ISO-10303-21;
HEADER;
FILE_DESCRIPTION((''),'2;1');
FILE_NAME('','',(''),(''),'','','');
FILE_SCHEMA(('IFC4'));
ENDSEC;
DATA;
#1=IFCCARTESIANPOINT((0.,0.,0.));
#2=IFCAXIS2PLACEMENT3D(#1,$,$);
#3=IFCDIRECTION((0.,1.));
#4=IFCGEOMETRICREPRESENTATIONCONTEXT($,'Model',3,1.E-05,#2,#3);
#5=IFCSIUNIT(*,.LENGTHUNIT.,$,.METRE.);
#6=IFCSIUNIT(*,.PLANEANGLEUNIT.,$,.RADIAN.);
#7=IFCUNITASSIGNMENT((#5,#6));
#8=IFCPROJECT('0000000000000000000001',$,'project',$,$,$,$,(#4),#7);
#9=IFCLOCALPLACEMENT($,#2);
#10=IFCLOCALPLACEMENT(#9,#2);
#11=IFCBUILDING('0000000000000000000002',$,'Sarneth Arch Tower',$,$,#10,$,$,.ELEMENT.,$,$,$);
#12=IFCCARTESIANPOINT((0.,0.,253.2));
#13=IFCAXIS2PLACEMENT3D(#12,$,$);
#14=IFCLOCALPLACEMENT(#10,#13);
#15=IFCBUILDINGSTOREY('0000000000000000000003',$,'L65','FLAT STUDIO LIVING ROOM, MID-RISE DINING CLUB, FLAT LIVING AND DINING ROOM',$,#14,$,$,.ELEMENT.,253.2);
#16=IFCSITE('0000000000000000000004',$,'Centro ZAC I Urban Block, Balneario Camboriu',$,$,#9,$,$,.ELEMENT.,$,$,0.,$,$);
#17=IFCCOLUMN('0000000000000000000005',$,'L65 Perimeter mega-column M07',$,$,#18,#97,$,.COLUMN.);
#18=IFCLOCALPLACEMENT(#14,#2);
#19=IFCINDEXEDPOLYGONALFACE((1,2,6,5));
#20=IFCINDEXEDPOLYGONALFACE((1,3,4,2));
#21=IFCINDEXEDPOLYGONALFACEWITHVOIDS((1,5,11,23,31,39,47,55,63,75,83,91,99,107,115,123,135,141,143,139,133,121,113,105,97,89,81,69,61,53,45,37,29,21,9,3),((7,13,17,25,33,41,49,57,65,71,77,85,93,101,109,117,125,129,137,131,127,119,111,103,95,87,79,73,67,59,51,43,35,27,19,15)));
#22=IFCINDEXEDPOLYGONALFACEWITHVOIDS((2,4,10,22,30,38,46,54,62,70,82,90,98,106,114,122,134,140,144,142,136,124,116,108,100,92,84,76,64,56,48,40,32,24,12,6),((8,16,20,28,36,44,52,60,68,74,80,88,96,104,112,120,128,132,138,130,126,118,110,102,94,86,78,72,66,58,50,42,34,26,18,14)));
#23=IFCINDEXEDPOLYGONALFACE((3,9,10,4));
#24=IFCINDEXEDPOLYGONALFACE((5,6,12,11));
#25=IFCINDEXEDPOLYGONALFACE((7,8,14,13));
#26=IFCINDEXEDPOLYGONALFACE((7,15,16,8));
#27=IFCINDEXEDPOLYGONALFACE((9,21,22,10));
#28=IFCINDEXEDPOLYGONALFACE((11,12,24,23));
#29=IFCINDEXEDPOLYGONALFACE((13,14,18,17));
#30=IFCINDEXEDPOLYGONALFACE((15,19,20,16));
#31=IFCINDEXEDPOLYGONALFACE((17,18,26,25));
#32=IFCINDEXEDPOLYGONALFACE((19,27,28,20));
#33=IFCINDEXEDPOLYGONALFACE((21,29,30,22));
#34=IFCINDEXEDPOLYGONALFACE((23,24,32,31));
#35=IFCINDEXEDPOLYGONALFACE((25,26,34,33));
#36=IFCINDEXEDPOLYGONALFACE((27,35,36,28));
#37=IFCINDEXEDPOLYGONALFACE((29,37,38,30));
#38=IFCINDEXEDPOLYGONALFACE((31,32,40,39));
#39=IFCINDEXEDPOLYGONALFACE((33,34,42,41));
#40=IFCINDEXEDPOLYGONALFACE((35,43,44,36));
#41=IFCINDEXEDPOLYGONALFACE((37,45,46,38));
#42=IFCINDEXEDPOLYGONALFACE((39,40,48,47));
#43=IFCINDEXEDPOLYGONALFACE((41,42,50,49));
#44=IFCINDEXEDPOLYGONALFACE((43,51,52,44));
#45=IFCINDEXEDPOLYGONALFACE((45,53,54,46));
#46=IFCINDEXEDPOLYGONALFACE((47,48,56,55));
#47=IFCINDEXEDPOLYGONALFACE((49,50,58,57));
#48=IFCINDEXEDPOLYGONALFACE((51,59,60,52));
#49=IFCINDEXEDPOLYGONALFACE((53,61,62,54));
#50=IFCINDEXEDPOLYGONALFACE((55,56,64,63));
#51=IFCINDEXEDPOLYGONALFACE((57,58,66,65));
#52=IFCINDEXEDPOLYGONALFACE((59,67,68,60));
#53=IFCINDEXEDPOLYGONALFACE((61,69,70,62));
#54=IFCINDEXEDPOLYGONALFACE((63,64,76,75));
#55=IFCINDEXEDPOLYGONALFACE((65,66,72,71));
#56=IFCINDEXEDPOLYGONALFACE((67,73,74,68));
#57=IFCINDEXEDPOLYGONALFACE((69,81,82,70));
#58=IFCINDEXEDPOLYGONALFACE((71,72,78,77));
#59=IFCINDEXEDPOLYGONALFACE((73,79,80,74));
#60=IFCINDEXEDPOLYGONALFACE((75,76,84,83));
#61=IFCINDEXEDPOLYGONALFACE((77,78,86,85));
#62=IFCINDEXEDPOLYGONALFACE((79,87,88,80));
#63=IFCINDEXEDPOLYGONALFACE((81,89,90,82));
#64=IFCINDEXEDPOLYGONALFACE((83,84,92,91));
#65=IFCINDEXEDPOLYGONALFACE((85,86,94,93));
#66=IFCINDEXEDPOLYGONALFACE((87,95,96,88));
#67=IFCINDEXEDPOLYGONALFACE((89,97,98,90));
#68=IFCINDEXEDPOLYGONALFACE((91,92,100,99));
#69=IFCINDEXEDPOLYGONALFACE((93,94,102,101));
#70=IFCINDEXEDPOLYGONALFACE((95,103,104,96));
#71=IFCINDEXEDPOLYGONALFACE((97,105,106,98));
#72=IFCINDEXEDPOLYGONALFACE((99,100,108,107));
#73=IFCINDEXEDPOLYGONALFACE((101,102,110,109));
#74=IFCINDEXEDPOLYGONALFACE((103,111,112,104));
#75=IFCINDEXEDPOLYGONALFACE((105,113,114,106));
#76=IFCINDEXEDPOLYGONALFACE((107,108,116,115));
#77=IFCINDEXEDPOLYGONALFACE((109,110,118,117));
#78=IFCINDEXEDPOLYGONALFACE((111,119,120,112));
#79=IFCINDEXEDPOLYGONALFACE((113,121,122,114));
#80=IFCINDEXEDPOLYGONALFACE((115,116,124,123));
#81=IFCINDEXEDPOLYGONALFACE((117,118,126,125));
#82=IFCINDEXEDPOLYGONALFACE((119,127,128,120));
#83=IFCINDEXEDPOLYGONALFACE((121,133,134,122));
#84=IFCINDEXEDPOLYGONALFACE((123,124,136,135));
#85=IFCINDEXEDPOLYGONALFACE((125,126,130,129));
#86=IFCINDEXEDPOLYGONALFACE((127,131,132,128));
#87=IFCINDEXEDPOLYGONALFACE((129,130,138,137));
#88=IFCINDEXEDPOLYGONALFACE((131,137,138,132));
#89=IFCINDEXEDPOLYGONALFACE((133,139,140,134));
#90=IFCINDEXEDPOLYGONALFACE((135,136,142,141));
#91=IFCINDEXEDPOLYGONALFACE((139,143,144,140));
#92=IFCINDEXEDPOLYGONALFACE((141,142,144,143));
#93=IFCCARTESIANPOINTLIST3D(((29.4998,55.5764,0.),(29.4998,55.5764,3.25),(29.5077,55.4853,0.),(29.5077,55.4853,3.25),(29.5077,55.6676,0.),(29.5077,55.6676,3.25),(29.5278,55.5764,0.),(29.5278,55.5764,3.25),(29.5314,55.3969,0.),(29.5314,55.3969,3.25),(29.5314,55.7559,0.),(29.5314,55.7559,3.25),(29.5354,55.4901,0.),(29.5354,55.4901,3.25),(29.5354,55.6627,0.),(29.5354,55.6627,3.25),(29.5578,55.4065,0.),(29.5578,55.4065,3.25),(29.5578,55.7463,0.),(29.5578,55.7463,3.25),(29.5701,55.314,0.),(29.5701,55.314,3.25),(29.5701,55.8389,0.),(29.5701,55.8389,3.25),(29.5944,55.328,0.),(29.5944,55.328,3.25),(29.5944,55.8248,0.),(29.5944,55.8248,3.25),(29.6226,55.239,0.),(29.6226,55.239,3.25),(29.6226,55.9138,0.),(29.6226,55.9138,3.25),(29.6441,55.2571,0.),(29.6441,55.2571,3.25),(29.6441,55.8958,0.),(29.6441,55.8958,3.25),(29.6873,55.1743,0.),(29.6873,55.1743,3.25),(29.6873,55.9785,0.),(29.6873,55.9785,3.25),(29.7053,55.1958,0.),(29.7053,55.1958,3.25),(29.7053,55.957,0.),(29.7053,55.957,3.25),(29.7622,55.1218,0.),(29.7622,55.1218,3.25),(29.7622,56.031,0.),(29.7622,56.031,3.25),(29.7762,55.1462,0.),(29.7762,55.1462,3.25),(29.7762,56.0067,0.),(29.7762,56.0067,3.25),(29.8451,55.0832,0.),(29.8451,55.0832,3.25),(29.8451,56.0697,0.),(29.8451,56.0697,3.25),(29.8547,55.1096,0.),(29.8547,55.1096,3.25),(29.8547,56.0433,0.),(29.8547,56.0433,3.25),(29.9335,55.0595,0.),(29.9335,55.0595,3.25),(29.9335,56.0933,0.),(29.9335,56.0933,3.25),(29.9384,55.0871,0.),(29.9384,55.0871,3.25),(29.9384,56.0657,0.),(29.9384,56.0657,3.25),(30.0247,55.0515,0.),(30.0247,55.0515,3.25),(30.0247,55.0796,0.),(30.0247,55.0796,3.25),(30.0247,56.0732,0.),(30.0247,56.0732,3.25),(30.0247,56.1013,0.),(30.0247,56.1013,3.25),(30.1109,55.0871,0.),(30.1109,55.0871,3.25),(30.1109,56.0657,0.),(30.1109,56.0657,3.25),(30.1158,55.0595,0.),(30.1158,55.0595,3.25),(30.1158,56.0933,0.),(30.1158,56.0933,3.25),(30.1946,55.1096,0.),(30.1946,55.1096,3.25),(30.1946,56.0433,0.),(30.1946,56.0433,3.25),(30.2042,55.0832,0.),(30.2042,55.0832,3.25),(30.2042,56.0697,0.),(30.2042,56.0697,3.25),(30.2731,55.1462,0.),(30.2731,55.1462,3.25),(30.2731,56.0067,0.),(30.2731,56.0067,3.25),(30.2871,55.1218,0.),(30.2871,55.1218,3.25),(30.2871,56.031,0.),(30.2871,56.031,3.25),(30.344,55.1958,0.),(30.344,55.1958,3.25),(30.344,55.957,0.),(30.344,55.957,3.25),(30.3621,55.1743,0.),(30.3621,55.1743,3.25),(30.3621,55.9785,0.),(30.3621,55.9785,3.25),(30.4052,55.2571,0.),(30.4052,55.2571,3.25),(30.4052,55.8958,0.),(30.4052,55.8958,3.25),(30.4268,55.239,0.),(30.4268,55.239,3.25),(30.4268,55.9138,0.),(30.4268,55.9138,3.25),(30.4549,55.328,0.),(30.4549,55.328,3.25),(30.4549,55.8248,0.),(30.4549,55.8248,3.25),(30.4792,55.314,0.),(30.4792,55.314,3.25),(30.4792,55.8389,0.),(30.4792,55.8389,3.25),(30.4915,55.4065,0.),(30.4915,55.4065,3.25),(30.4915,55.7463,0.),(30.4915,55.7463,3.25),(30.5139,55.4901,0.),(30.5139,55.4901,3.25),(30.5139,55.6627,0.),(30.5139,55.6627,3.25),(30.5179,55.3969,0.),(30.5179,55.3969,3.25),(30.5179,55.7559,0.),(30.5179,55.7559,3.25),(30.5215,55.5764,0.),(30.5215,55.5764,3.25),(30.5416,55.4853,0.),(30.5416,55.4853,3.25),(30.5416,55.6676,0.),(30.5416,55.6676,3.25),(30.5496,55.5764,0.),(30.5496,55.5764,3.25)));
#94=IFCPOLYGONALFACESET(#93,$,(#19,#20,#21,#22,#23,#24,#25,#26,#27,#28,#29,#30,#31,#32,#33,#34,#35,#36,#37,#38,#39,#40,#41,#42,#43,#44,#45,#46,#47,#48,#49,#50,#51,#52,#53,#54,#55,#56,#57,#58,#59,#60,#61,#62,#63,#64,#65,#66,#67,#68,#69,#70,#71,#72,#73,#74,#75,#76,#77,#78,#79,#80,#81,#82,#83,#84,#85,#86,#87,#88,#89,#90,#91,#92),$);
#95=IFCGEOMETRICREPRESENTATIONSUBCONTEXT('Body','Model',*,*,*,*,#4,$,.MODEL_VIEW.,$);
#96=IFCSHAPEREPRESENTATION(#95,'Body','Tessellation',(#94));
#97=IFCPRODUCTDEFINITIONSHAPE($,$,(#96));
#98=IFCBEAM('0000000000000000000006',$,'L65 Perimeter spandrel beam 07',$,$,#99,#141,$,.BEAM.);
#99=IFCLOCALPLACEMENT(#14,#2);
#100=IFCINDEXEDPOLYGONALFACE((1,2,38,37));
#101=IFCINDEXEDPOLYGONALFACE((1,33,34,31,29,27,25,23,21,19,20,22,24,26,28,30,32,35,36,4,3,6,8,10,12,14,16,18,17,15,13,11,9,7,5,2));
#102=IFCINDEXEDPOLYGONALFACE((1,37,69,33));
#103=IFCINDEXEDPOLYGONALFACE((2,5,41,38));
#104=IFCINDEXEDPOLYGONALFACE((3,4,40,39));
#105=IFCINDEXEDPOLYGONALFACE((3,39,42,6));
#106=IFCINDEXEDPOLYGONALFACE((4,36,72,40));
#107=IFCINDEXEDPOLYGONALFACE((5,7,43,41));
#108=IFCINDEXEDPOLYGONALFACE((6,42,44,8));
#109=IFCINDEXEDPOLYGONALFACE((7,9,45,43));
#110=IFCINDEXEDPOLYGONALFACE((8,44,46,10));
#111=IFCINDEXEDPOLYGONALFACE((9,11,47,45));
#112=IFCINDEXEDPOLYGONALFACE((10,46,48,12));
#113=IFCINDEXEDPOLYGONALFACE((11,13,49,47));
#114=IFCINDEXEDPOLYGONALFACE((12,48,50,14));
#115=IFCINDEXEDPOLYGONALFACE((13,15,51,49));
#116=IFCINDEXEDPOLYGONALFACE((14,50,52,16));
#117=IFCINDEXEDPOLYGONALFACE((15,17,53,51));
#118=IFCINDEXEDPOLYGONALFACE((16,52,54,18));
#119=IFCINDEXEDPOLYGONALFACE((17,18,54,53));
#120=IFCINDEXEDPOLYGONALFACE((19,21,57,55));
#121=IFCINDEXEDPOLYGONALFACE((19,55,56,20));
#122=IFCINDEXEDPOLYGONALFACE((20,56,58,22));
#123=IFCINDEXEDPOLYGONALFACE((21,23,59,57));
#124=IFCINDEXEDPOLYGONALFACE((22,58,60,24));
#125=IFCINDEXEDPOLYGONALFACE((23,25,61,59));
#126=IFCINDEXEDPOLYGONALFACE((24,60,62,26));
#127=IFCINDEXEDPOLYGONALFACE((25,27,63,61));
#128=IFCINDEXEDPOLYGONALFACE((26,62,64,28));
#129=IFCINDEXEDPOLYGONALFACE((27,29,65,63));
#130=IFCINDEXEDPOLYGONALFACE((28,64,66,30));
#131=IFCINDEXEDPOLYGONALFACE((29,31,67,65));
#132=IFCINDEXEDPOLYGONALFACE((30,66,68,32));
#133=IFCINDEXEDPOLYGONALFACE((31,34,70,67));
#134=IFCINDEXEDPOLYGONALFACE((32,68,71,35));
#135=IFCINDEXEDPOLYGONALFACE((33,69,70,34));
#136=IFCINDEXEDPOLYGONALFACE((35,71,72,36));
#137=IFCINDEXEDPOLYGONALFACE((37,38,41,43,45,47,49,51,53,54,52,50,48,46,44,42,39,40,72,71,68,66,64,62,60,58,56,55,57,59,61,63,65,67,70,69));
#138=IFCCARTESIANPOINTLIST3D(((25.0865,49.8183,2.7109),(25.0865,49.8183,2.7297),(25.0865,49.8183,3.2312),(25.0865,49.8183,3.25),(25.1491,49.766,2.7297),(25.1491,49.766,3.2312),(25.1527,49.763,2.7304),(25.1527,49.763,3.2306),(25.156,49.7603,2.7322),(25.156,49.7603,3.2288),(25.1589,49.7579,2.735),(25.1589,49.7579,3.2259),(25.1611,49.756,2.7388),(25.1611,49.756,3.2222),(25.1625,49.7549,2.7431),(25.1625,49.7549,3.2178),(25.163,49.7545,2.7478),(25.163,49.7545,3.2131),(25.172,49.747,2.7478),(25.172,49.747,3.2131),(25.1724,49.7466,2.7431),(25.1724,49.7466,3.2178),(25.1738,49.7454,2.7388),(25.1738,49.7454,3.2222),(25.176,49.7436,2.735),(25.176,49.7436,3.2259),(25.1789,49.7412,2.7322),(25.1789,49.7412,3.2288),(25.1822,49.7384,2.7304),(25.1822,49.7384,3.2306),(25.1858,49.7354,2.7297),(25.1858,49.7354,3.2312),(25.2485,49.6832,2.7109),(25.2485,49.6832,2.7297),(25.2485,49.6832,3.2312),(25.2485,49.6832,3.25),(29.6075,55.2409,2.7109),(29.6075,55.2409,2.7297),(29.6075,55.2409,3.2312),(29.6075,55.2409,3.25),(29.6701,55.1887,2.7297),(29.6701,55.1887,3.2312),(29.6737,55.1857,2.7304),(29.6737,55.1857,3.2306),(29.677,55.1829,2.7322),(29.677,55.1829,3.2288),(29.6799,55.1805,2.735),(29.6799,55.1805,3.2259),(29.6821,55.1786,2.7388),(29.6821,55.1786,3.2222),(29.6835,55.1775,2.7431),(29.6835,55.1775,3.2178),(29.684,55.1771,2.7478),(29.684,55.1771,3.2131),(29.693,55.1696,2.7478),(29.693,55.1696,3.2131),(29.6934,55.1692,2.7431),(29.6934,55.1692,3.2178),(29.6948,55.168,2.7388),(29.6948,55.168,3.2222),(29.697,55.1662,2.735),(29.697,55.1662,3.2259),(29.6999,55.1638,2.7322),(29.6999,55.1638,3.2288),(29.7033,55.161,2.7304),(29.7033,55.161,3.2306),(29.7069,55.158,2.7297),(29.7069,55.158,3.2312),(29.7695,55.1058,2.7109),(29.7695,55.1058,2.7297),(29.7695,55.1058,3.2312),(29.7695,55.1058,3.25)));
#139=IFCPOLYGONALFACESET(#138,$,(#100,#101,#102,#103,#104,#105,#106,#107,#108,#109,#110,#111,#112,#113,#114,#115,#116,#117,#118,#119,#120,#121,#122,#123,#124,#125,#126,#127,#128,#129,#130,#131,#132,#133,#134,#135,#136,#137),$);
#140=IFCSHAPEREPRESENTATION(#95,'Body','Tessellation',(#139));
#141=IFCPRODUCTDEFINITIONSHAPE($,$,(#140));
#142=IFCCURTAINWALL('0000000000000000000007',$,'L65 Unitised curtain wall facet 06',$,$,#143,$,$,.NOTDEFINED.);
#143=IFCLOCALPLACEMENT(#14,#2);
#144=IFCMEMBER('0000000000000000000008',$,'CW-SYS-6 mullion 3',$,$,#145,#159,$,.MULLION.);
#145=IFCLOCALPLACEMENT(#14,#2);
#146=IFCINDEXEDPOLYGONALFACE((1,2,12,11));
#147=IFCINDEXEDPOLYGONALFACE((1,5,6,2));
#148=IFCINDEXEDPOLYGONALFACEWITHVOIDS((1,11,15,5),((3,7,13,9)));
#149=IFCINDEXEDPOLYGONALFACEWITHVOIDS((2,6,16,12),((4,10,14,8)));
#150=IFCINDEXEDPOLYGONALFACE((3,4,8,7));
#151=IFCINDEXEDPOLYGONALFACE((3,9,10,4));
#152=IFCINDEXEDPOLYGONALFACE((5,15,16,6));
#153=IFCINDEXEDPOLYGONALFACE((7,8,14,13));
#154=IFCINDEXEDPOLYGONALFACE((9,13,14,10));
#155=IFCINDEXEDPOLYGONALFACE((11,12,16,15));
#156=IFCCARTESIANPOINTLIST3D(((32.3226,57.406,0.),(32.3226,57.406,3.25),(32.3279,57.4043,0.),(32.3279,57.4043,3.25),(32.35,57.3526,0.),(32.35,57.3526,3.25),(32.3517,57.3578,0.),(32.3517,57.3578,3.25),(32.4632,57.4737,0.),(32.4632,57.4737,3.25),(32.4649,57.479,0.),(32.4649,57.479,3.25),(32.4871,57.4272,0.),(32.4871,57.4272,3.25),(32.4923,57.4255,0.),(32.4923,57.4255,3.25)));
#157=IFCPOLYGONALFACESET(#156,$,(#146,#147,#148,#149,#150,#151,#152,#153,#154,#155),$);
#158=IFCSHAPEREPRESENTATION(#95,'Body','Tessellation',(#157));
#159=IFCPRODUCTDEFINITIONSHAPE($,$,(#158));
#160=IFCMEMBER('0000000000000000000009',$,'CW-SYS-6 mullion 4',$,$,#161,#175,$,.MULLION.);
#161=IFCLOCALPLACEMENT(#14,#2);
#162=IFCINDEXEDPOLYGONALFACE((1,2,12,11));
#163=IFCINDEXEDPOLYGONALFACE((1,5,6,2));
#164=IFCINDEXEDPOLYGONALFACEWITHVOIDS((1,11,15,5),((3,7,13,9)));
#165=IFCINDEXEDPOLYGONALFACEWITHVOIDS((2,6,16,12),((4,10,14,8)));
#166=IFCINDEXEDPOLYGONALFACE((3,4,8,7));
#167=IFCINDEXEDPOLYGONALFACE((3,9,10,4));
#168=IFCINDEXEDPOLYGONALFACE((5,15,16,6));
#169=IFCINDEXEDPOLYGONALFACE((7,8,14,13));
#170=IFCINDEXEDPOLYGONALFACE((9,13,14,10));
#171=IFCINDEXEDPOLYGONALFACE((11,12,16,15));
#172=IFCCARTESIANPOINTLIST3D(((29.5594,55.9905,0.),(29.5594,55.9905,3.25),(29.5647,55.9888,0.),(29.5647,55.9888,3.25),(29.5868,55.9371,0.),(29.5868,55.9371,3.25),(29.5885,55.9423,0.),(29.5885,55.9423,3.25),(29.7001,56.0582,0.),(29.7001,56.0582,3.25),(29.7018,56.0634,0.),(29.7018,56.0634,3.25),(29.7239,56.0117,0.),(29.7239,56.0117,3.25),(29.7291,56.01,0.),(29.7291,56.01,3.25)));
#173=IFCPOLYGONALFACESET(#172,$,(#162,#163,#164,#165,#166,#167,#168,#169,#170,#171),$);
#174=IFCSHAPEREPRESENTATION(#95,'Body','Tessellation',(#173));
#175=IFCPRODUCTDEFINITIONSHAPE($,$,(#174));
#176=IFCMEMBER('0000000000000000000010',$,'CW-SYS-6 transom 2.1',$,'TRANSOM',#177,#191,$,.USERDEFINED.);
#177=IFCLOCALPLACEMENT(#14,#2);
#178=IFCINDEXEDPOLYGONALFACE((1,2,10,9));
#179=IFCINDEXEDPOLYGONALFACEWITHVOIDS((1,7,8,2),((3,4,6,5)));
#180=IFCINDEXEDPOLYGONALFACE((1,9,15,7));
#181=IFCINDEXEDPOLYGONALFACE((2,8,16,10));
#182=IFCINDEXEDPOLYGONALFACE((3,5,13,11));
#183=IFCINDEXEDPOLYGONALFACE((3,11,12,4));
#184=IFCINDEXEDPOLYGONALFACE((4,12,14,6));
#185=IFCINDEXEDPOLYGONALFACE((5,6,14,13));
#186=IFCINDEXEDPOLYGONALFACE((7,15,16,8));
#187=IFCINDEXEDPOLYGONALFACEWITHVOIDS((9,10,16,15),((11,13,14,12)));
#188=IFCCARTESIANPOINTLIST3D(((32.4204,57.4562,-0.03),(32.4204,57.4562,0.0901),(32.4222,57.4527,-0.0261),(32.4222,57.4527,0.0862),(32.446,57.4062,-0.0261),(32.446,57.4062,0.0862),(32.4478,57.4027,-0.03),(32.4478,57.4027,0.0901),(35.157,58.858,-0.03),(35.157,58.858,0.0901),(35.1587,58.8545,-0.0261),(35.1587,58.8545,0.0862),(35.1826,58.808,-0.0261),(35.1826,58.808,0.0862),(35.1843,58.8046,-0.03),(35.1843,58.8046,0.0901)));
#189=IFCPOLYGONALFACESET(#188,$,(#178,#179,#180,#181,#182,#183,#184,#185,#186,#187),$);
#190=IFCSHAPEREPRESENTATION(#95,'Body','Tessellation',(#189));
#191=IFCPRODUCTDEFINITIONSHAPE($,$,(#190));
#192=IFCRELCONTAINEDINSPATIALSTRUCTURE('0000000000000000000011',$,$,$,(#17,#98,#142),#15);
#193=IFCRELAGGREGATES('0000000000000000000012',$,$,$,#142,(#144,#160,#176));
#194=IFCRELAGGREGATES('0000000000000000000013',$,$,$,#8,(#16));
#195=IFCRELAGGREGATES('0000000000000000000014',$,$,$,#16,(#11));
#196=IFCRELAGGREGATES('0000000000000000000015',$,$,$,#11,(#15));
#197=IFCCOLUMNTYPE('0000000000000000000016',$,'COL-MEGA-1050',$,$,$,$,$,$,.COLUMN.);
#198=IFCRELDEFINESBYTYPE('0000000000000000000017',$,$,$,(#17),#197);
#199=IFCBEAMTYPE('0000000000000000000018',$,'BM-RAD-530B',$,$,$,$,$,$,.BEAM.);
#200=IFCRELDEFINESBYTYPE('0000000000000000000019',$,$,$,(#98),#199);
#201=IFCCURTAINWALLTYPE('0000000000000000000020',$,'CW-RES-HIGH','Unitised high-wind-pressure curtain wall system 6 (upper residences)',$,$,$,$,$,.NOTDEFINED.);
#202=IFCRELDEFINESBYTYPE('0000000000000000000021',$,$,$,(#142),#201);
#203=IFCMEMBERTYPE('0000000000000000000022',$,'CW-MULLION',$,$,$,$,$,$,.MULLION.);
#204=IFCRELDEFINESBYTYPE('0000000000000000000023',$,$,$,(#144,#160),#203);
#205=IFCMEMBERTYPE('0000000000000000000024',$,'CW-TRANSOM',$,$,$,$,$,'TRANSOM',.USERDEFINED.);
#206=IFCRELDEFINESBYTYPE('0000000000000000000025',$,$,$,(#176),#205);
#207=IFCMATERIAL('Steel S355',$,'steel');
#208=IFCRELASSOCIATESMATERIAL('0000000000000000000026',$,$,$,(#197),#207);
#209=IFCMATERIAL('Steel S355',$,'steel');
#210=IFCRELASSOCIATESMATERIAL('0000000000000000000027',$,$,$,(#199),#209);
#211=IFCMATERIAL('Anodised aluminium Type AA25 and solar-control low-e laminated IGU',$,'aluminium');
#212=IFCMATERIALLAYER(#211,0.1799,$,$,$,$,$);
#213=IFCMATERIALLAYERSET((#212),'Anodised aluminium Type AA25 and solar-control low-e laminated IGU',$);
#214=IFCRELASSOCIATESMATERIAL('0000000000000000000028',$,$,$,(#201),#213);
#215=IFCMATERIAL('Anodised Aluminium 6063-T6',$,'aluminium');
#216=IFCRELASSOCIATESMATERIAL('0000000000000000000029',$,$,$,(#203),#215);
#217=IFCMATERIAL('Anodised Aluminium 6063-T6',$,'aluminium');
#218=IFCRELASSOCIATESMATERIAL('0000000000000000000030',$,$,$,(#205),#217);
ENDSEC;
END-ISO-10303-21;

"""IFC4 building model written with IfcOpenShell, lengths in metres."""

from ifc_helpers import new_model, si_unit, direction, frame, origin, origin_2d, place, context, subcontext, project, spatial, hollow_rectangle, hollow_circle, i_section, extrude, material, layer, layer_set, material_profile, profile_set, type_object, element, aggregate, save


model = new_model("IFC4")

# Units and contexts
model_context = context("Model", 3, precision=1e-05, world=origin(), true_north=direction((0.0, 1.0)))
body_context = subcontext(model_context, "Body", "Model", "MODEL_VIEW")
ifc_project = project(units=[si_unit("LENGTHUNIT", "METRE"), si_unit("PLANEANGLEUNIT", "RADIAN")], contexts=[model_context])

# Site, building, storey
site_placement = place(None, origin())
site = spatial("IfcSite", under=ifc_project, at=site_placement, Name="Centro ZAC I Urban Block, Balneario Camboriu", CompositionType="ELEMENT", RefElevation=0.0)
building_placement = place(site_placement, origin())
building = spatial("IfcBuilding", under=site, at=building_placement, Name="Sarneth Arch Tower", CompositionType="ELEMENT")
storey_placement = place(building_placement, frame((0.0, 0.0, 253.2)))
storey = spatial("IfcBuildingStorey", under=building, at=storey_placement, Name="L65", Description="FLAT STUDIO LIVING ROOM, MID-RISE DINING CLUB, FLAT LIVING AND DINING ROOM", CompositionType="ELEMENT", Elevation=253.2)

# Column
ifc_material_1 = material(Name="Steel S355", Category="steel")
ifc_material_profile_1 = material_profile(ifc_material_1, hollow_circle(Radius=0.5249, WallThickness=0.0281, at=origin_2d()), Name="CHS1050x28")
ifc_profile_set_1 = profile_set([ifc_material_profile_1], Name="Steel S355")
column_type = type_object("IfcColumnType", Name="COL-MEGA-1050", PredefinedType="COLUMN", material=ifc_profile_set_1)
column_placement = place(storey_placement, frame((30.0247, 55.5764, 0.0), z_axis=(0.0, 0.0, 1.0), x_axis=(1.0, 0.0, 0.0)))
element("IfcColumn", 1, at=column_placement, inside=storey, type_object=column_type, Name="L65 Perimeter mega-column M07", PredefinedType="COLUMN", context=body_context, shape_type="SweptSolid", body=[
    extrude(hollow_circle(Radius=0.5249, WallThickness=0.0281, at=origin_2d()), origin(), (0.0, 0.0, 1.0), 3.25),
])

# Beam
ifc_material_2 = material(Name="Steel S355", Category="steel")
ifc_material_profile_2 = material_profile(ifc_material_2, i_section(OverallWidth=0.2109, OverallDepth=0.5391, WebThickness=0.0117, FlangeThickness=0.0188, FilletRadius=0.0181, at=origin_2d()), Name="W530x109")
ifc_profile_set_2 = profile_set([ifc_material_profile_2], Name="Steel S355")
beam_type = type_object("IfcBeamType", Name="BM-RAD-530B", PredefinedType="BEAM", material=ifc_profile_set_2)
beam_placement = place(storey_placement, frame((29.6885, 55.1733, 2.9805), z_axis=(-0.640365, -0.768071, 0.0), x_axis=(0.768071, -0.640365, 0.0)))
element("IfcBeam", 2, at=beam_placement, inside=storey, type_object=beam_type, Name="L65 Perimeter spandrel beam 07", PredefinedType="BEAM", context=body_context, shape_type="SweptSolid", body=[
    extrude(i_section(OverallWidth=0.2109, OverallDepth=0.5391, WebThickness=0.0117, FlangeThickness=0.0188, FilletRadius=0.0181, at=origin_2d()), origin(), (0.0, 0.0, 1.0), 7.0601),
])

# Curtain wall, members
ifc_material_3 = material(Name="Anodised aluminium Type AA25 and solar-control low-e laminated IGU", Category="aluminium")
ifc_layer_1 = layer(ifc_material_3, 0.1799)
ifc_layer_set_1 = layer_set([ifc_layer_1], Name="Anodised aluminium Type AA25 and solar-control low-e laminated IGU")
curtain_wall_type = type_object("IfcCurtainWallType", Name="CW-RES-HIGH", Description="Unitised high-wind-pressure curtain wall system 6 (upper residences)", PredefinedType="NOTDEFINED", material=ifc_layer_set_1)
curtain_wall_placement = place(storey_placement, origin())
curtain_wall = element("IfcCurtainWall", 3, at=curtain_wall_placement, inside=storey, type_object=curtain_wall_type, Name="L65 Unitised curtain wall facet 06", PredefinedType="NOTDEFINED")
ifc_material_4 = material(Name="Anodised Aluminium 6063-T6", Category="aluminium")
ifc_material_profile_3 = material_profile(ifc_material_4, hollow_rectangle(XDim=0.0601, YDim=0.1599, WallThickness=0.0039, at=origin_2d()), Name="AL-MULL-160x60x4")
ifc_profile_set_3 = profile_set([ifc_material_profile_3], Name="Anodised Aluminium 6063-T6")
member_type_1 = type_object("IfcMemberType", Name="CW-MULLION", PredefinedType="MULLION", material=ifc_profile_set_3)
member_1_placement = place(storey_placement, frame((32.4075, 57.4158, 0.0), z_axis=(0.0, 0.0, 1.0), x_axis=(0.455942, -0.89001, 0.0)))
member_1 = element("IfcMember", 4, at=member_1_placement, type_object=member_type_1, Name="CW-SYS-6 mullion 3", PredefinedType="MULLION", context=body_context, shape_type="SweptSolid", body=[
    extrude(hollow_rectangle(XDim=0.0601, YDim=0.1599, WallThickness=0.0039, at=origin_2d()), origin(), (0.0, 0.0, 1.0), 3.25),
])
member_2_placement = place(storey_placement, frame((29.6443, 56.0002, 0.0), z_axis=(0.0, 0.0, 1.0), x_axis=(0.455942, -0.89001, 0.0)))
member_2 = element("IfcMember", 5, at=member_2_placement, type_object=member_type_1, Name="CW-SYS-6 mullion 4", PredefinedType="MULLION", context=body_context, shape_type="SweptSolid", body=[
    extrude(hollow_rectangle(XDim=0.0601, YDim=0.1599, WallThickness=0.0039, at=origin_2d()), origin(), (0.0, 0.0, 1.0), 3.25),
])
ifc_material_5 = material(Name="Anodised Aluminium 6063-T6", Category="aluminium")
ifc_material_profile_4 = material_profile(ifc_material_5, hollow_rectangle(XDim=0.0601, YDim=0.1201, WallThickness=0.0039, at=origin_2d()), Name="AL-TRAN-120x60x4")
ifc_profile_set_4 = profile_set([ifc_material_profile_4], Name="Anodised Aluminium 6063-T6")
member_type_2 = type_object("IfcMemberType", Name="CW-TRANSOM", ElementType="TRANSOM", PredefinedType="USERDEFINED", material=ifc_profile_set_4)
member_3_placement = place(storey_placement, frame((35.1707, 58.8313, 0.03), z_axis=(-0.890017, -0.455926, 0.0), x_axis=(0.455926, -0.890017, 0.0)))
member_3 = element("IfcMember", 6, at=member_3_placement, type_object=member_type_2, Name="CW-SYS-6 transom 2.1", ObjectType="TRANSOM", PredefinedType="USERDEFINED", context=body_context, shape_type="SweptSolid", body=[
    extrude(hollow_rectangle(XDim=0.0601, YDim=0.1201, WallThickness=0.0039, at=origin_2d()), origin(), (0.0, 0.0, 1.0), 3.0747),
])
aggregate(curtain_wall, [member_1, member_2, member_3])

save(model, "model.ifc")
